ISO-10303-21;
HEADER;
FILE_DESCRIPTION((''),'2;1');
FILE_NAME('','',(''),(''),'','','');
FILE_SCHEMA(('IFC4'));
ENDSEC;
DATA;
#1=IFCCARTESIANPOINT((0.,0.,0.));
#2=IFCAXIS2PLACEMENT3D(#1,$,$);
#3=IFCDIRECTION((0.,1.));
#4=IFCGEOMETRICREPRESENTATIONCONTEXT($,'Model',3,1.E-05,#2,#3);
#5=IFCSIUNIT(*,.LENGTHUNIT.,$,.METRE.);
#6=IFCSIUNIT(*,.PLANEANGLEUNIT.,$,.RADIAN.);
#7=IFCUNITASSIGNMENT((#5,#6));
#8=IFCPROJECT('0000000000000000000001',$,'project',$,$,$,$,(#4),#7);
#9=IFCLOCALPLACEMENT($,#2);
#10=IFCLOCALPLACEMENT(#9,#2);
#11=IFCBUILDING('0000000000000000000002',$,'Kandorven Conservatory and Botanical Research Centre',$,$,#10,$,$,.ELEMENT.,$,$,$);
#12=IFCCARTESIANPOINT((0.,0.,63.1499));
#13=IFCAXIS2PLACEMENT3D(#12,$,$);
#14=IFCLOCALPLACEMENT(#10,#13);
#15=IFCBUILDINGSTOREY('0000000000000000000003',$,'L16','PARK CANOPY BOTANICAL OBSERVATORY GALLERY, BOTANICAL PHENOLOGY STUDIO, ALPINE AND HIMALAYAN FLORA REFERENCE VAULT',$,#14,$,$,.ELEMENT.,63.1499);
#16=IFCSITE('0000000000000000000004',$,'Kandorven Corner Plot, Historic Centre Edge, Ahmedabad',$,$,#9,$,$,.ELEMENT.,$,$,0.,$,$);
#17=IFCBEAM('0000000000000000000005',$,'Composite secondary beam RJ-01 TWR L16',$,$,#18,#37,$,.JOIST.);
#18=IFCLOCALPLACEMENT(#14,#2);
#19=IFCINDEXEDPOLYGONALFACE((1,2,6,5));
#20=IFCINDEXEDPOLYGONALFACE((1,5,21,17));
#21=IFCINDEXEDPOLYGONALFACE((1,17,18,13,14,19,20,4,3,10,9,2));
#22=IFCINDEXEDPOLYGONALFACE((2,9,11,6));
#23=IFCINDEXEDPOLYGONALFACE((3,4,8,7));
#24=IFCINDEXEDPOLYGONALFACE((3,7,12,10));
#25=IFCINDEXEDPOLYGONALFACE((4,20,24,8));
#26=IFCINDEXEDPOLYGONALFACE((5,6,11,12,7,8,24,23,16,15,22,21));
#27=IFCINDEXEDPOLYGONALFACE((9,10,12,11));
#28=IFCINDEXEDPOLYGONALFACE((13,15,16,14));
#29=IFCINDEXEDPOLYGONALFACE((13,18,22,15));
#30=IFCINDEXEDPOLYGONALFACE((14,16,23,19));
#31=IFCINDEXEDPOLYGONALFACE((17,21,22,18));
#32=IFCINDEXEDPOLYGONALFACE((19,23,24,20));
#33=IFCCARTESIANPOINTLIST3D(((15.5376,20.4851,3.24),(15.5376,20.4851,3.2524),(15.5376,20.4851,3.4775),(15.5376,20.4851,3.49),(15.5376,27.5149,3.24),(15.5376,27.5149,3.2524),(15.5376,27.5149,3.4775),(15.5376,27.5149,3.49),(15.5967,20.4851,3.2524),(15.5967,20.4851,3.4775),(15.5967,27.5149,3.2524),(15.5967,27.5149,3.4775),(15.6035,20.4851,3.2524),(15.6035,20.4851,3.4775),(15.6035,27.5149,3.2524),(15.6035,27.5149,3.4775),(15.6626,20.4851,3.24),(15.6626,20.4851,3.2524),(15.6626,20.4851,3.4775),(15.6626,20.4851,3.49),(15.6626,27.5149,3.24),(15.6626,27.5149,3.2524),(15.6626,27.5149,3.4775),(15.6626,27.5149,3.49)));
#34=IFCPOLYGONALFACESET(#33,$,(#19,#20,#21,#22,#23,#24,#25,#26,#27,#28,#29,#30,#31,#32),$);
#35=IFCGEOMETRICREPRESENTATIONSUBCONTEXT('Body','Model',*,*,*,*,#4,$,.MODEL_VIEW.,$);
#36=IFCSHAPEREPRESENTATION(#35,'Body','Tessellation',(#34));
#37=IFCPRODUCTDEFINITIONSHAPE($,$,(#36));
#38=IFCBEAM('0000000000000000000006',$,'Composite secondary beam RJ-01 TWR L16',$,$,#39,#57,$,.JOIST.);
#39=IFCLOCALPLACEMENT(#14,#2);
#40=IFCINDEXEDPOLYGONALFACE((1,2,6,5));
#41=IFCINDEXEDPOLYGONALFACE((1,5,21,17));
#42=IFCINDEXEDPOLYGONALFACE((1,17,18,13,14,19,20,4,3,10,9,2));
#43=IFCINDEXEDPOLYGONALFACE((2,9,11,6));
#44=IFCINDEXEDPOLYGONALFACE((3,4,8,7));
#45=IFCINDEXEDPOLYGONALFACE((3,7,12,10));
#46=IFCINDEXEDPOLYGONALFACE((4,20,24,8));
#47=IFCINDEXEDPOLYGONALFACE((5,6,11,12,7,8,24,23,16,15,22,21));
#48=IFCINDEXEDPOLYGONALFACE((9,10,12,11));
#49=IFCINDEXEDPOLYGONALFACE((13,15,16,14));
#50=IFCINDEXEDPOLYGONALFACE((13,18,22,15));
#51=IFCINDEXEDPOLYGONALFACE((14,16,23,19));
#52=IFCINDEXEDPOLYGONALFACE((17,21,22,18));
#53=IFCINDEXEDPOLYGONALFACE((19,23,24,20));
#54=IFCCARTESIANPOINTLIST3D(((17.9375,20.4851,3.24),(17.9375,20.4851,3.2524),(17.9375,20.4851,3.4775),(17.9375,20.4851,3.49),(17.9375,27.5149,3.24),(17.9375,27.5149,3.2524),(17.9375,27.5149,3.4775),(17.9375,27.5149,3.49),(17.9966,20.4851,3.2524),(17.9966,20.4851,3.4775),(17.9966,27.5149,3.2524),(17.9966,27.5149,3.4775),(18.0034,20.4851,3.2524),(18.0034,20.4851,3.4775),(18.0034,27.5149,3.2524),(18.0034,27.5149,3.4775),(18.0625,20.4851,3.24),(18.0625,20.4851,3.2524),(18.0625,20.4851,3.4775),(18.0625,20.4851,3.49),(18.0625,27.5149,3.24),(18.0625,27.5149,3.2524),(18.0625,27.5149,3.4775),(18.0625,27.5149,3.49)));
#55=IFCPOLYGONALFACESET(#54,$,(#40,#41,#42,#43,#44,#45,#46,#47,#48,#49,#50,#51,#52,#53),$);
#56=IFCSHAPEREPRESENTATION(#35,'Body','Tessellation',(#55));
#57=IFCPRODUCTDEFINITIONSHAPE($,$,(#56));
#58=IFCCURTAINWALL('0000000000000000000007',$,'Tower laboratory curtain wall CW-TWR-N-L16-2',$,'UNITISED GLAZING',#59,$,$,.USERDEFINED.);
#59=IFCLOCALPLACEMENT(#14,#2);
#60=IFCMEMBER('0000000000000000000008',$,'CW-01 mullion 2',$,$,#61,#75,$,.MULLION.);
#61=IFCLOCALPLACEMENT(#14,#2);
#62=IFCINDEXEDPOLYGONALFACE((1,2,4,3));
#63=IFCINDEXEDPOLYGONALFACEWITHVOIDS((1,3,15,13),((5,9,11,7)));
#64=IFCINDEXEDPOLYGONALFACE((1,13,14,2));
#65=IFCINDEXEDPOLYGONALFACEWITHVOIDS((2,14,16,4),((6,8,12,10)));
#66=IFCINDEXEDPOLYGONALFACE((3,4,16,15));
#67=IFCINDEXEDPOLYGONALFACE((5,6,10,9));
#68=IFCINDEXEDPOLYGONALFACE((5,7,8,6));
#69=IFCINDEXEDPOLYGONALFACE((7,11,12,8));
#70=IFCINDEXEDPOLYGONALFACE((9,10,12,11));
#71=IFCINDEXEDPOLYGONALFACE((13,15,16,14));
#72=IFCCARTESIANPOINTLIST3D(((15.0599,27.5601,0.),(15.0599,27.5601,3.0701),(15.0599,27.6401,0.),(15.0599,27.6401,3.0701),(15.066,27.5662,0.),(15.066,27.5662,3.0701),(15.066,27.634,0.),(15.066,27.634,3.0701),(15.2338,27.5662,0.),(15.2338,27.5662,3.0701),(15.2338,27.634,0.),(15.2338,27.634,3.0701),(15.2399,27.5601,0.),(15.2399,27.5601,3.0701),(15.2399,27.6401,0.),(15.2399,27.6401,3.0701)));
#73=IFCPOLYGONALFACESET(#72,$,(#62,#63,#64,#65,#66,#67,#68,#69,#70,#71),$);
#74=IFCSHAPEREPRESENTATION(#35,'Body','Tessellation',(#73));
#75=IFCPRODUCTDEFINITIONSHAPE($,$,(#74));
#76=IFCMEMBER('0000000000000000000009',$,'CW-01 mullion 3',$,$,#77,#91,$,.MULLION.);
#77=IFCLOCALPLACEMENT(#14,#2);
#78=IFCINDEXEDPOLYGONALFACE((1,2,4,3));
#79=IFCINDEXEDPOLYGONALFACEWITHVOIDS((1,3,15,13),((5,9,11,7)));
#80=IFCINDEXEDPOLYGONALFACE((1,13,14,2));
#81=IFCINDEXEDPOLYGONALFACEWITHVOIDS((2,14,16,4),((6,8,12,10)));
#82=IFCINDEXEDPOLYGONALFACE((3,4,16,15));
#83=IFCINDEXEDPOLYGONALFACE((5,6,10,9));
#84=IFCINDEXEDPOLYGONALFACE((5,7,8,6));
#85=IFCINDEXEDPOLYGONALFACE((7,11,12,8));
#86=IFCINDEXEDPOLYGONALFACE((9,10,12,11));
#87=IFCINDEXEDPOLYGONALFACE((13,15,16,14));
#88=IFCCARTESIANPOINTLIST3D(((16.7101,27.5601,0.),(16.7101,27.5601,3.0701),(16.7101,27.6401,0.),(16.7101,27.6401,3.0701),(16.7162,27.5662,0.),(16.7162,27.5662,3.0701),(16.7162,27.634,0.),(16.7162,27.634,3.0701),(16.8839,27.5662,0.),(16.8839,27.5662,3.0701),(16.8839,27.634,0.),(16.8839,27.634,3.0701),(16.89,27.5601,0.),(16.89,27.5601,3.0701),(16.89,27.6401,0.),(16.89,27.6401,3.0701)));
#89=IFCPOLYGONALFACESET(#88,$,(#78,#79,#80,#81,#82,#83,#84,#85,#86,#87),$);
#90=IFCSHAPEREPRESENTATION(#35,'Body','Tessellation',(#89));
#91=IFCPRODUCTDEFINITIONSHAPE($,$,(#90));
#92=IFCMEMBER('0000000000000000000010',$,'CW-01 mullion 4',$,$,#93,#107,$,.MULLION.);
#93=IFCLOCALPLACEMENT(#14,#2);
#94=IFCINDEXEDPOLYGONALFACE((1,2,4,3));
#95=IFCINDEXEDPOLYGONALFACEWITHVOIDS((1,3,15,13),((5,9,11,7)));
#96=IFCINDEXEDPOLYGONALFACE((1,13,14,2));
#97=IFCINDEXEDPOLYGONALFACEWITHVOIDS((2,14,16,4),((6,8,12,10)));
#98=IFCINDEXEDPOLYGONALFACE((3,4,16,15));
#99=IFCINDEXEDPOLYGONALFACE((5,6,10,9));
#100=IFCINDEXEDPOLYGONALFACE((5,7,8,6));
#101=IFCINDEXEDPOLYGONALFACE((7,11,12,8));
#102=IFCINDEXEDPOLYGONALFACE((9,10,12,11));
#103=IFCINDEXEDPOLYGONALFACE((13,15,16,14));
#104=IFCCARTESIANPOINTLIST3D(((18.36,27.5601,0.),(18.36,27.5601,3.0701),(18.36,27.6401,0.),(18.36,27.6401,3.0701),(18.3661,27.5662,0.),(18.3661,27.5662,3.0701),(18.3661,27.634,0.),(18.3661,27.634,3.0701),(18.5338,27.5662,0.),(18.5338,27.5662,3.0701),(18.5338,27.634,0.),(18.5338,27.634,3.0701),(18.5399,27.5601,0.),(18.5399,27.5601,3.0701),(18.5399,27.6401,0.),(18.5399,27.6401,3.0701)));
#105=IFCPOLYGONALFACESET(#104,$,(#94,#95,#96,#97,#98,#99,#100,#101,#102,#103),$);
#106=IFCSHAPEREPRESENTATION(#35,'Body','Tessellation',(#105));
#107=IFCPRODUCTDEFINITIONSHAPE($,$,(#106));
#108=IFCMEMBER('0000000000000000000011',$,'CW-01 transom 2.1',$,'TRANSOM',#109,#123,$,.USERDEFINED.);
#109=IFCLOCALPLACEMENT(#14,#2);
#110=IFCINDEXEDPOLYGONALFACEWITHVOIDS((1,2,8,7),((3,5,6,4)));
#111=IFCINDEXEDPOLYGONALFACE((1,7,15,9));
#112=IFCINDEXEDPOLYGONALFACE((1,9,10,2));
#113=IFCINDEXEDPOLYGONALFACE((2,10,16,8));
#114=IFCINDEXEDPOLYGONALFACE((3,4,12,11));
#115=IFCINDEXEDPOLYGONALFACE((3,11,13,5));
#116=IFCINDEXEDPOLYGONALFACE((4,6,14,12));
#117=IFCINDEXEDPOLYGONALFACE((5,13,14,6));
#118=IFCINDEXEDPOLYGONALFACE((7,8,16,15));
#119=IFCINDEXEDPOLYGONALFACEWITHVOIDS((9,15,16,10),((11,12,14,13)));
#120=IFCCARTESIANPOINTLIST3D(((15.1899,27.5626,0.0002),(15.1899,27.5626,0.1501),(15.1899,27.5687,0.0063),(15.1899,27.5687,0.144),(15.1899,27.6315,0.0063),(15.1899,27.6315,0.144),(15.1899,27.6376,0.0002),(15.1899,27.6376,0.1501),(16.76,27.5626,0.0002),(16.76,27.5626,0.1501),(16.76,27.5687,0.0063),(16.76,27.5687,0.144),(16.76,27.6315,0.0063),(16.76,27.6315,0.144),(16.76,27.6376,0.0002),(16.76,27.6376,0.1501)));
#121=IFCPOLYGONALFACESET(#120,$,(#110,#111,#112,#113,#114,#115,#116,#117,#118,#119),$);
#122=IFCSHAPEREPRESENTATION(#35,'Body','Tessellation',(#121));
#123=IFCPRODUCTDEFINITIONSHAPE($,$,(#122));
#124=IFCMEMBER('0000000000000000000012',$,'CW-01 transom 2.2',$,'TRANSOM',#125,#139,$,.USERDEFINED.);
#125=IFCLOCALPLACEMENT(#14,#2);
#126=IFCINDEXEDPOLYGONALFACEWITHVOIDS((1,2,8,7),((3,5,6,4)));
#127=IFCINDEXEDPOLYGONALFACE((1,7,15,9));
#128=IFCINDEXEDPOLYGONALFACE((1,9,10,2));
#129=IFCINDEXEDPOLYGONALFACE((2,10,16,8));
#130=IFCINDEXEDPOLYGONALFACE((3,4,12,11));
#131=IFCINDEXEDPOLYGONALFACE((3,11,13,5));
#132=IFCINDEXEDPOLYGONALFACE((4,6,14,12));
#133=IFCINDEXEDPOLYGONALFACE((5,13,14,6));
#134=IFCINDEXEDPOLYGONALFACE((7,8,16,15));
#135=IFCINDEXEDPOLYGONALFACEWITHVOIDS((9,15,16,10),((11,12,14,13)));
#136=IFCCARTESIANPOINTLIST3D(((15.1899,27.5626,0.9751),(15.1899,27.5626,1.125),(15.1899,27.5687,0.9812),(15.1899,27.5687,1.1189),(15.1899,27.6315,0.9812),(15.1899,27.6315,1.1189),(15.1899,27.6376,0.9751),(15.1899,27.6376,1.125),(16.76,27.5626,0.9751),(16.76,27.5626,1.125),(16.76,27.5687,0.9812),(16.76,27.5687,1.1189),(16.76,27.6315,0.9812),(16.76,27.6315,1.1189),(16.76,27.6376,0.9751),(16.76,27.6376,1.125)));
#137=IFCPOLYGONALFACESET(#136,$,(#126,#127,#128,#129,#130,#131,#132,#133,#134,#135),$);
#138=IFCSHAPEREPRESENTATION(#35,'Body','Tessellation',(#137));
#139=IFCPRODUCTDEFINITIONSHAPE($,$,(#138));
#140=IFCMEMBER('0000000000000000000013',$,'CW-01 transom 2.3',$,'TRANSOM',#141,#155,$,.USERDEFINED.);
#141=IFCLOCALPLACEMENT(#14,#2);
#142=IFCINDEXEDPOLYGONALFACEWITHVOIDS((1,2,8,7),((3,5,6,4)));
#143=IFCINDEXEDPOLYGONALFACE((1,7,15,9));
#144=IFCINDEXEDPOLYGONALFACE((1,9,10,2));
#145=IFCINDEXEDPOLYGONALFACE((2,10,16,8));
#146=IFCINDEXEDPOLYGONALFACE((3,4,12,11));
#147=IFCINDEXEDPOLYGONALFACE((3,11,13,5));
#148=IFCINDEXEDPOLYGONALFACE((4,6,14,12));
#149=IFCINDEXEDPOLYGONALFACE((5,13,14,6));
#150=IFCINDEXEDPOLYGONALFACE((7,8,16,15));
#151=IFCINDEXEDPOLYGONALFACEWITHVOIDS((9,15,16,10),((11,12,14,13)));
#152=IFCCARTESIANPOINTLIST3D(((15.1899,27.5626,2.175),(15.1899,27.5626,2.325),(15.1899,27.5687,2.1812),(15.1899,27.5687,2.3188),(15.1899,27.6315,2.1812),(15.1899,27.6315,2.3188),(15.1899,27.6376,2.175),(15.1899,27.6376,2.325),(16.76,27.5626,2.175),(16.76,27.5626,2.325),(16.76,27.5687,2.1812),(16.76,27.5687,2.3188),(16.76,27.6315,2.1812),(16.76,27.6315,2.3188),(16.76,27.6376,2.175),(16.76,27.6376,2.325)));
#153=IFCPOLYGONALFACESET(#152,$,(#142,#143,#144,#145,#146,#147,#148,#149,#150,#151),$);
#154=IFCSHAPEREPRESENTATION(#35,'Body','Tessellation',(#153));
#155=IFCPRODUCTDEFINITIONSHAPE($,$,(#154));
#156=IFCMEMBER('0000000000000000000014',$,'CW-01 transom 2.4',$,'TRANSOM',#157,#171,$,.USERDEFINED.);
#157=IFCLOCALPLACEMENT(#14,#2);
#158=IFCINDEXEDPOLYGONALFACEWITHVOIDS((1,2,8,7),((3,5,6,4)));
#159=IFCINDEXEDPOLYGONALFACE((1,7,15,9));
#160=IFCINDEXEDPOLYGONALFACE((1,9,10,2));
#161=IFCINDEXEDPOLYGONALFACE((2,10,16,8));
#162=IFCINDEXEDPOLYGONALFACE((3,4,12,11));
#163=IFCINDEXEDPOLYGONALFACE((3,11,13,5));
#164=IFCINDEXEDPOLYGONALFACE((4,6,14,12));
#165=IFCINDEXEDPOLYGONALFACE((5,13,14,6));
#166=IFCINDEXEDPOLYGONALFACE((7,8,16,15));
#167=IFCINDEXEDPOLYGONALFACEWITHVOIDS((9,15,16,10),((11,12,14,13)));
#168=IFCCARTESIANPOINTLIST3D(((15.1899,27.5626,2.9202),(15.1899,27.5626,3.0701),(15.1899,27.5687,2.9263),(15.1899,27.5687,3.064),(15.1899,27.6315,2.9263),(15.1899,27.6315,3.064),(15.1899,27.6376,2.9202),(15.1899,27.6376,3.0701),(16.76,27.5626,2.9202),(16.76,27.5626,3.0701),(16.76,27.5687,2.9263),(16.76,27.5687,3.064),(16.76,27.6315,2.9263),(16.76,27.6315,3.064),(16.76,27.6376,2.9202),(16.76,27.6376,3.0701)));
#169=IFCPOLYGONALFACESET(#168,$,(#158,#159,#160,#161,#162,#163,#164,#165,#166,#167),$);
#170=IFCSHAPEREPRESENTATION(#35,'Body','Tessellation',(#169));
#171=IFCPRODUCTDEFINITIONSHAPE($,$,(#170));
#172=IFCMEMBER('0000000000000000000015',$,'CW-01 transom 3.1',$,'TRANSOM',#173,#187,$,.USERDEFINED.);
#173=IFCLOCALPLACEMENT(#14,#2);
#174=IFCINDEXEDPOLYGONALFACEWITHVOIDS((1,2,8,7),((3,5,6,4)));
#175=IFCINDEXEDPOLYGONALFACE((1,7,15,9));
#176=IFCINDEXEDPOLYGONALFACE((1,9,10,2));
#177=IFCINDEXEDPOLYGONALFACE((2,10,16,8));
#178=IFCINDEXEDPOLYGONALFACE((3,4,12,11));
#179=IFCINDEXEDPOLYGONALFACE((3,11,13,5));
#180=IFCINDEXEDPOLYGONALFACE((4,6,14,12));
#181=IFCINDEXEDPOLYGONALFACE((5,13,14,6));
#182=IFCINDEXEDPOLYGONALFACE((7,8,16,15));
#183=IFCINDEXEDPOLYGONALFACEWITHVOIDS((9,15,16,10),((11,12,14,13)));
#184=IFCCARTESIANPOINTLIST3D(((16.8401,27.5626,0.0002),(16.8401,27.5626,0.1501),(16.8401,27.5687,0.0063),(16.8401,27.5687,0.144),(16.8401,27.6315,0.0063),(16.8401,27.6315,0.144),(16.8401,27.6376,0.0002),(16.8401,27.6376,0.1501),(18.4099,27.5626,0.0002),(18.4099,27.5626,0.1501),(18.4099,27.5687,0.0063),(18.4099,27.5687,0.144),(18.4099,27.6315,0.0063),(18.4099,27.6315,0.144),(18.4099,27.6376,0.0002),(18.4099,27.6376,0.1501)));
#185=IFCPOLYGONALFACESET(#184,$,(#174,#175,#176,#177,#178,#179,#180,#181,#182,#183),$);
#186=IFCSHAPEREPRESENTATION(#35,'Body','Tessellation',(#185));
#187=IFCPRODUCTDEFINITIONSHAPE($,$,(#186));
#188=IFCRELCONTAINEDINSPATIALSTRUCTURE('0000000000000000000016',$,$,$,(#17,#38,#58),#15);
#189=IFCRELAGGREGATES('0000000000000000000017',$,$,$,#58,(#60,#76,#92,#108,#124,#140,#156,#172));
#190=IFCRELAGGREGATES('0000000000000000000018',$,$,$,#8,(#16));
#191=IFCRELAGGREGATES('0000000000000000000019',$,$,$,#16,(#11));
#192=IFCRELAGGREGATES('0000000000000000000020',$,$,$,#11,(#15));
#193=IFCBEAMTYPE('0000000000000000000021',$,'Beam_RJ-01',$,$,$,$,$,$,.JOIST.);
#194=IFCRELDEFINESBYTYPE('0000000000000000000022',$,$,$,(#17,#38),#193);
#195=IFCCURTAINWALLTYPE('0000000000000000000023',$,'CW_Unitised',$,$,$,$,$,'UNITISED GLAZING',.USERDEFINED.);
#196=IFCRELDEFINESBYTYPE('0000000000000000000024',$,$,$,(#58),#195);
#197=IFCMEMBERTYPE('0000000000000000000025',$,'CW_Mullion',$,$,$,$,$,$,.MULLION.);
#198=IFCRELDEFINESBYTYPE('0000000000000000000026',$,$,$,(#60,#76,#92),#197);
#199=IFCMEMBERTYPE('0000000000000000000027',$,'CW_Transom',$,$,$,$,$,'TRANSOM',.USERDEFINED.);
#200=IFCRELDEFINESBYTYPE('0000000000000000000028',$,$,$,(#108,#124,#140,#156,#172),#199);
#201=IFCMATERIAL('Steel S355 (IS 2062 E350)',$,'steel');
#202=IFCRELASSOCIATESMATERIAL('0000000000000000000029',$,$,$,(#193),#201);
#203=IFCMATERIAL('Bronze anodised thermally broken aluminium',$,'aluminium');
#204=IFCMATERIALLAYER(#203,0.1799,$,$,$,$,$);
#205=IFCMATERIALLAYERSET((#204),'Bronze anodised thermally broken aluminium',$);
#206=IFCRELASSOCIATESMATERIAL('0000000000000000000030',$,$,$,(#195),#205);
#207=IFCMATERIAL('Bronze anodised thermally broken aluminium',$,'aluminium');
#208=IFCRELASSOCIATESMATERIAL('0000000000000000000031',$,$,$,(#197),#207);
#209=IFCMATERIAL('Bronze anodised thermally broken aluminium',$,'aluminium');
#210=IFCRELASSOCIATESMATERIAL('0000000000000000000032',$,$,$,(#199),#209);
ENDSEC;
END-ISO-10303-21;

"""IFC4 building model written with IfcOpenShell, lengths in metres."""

from ifc_helpers import new_model, si_unit, direction, frame, origin, origin_2d, place, context, subcontext, project, spatial, hollow_rectangle, i_section, extrude, material, layer, layer_set, material_profile, profile_set, type_object, element, aggregate, save


model = new_model("IFC4")

# Units and contexts
model_context = context("Model", 3, precision=1e-05, world=origin(), true_north=direction((0.0, 1.0)))
body_context = subcontext(model_context, "Body", "Model", "MODEL_VIEW")
ifc_project = project(units=[si_unit("LENGTHUNIT", "METRE"), si_unit("PLANEANGLEUNIT", "RADIAN")], contexts=[model_context])

# Site, building, storey
site_placement = place(None, origin())
site = spatial("IfcSite", under=ifc_project, at=site_placement, Name="Kandorven Corner Plot, Historic Centre Edge, Ahmedabad", CompositionType="ELEMENT", RefElevation=0.0)
building_placement = place(site_placement, origin())
building = spatial("IfcBuilding", under=site, at=building_placement, Name="Kandorven Conservatory and Botanical Research Centre", CompositionType="ELEMENT")
storey_placement = place(building_placement, frame((0.0, 0.0, 63.1499)))
storey = spatial("IfcBuildingStorey", under=building, at=storey_placement, Name="L16", Description="PARK CANOPY BOTANICAL OBSERVATORY GALLERY, BOTANICAL PHENOLOGY STUDIO, ALPINE AND HIMALAYAN FLORA REFERENCE VAULT", CompositionType="ELEMENT", Elevation=63.1499)

# Beams
ifc_material_1 = material(Name="Steel S355 (IS 2062 E350)", Category="steel")
ifc_material_profile_1 = material_profile(ifc_material_1, i_section(OverallWidth=0.125, OverallDepth=0.25, WebThickness=0.0068, FlangeThickness=0.0125, at=origin_2d()))
ifc_profile_set_1 = profile_set([ifc_material_profile_1], Name="Steel S355 (IS 2062 E350)")
beam_type = type_object("IfcBeamType", Name="Beam_RJ-01", PredefinedType="JOIST", material=ifc_profile_set_1)
for number, where, z_axis, x_axis, name in (
    (1, (15.6001, 20.4851, 3.365), (0.0, 1.0, 0.0), (-1.0, 0.0, 0.0), "Composite secondary beam RJ-01 TWR L16"),
    (2, (18.0, 20.4851, 3.365), (0.0, 1.0, 0.0), (-1.0, 0.0, 0.0), "Composite secondary beam RJ-01 TWR L16"),
):
    element("IfcBeam", number, at=place(storey_placement, frame(where, z_axis=z_axis, x_axis=x_axis)), inside=storey, type_object=beam_type, Name=name, PredefinedType="JOIST", context=body_context, shape_type="SweptSolid", body=[
        extrude(i_section(OverallWidth=0.125, OverallDepth=0.25, WebThickness=0.0068, FlangeThickness=0.0125, at=origin_2d()), origin(), (0.0, 0.0, 1.0), 7.0298),
    ])

# Curtain wall, members
ifc_material_2 = material(Name="Bronze anodised thermally broken aluminium", Category="aluminium")
ifc_layer_1 = layer(ifc_material_2, 0.1799)
ifc_layer_set_1 = layer_set([ifc_layer_1], Name="Bronze anodised thermally broken aluminium")
curtain_wall_type = type_object("IfcCurtainWallType", Name="CW_Unitised", ElementType="UNITISED GLAZING", PredefinedType="USERDEFINED", material=ifc_layer_set_1)
curtain_wall_placement = place(storey_placement, origin())
curtain_wall = element("IfcCurtainWall", 3, at=curtain_wall_placement, inside=storey, type_object=curtain_wall_type, Name="Tower laboratory curtain wall CW-TWR-N-L16-2", ObjectType="UNITISED GLAZING", PredefinedType="USERDEFINED")
ifc_material_3 = material(Name="Bronze anodised thermally broken aluminium", Category="aluminium")
ifc_material_profile_2 = material_profile(ifc_material_3, hollow_rectangle(XDim=0.0801, YDim=0.1799, WallThickness=0.0061, at=origin_2d()))
ifc_profile_set_2 = profile_set([ifc_material_profile_2], Name="Bronze anodised thermally broken aluminium")
member_type_1 = type_object("IfcMemberType", Name="CW_Mullion", PredefinedType="MULLION", material=ifc_profile_set_2)
member_1_placement = place(storey_placement, frame((15.1499, 27.6001, 0.0), z_axis=(0.0, 0.0, 1.0), x_axis=(0.0, 1.0, 0.0)))
member_1 = element("IfcMember", 4, at=member_1_placement, type_object=member_type_1, Name="CW-01 mullion 2", PredefinedType="MULLION", context=body_context, shape_type="SweptSolid", body=[
    extrude(hollow_rectangle(XDim=0.0801, YDim=0.1799, WallThickness=0.0061, at=origin_2d()), origin(), (0.0, 0.0, 1.0), 3.0701),
])
member_2_placement = place(storey_placement, frame((16.8, 27.6001, 0.0), z_axis=(0.0, 0.0, 1.0), x_axis=(0.0, 1.0, 0.0)))
member_2 = element("IfcMember", 5, at=member_2_placement, type_object=member_type_1, Name="CW-01 mullion 3", PredefinedType="MULLION", context=body_context, shape_type="SweptSolid", body=[
    extrude(hollow_rectangle(XDim=0.0801, YDim=0.1799, WallThickness=0.0061, at=origin_2d()), origin(), (0.0, 0.0, 1.0), 3.0701),
])
member_3_placement = place(storey_placement, frame((18.45, 27.6001, 0.0), z_axis=(0.0, 0.0, 1.0), x_axis=(0.0, 1.0, 0.0)))
member_3 = element("IfcMember", 6, at=member_3_placement, type_object=member_type_1, Name="CW-01 mullion 4", PredefinedType="MULLION", context=body_context, shape_type="SweptSolid", body=[
    extrude(hollow_rectangle(XDim=0.0801, YDim=0.1799, WallThickness=0.0061, at=origin_2d()), origin(), (0.0, 0.0, 1.0), 3.0701),
])
ifc_material_4 = material(Name="Bronze anodised thermally broken aluminium", Category="aluminium")
ifc_material_profile_3 = material_profile(ifc_material_4, hollow_rectangle(XDim=0.075, YDim=0.1499, WallThickness=0.0061, at=origin_2d()))
ifc_profile_set_3 = profile_set([ifc_material_profile_3], Name="Bronze anodised thermally broken aluminium")
member_type_2 = type_object("IfcMemberType", Name="CW_Transom", ElementType="TRANSOM", PredefinedType="USERDEFINED", material=ifc_profile_set_3)
member_4_placement = place(storey_placement, frame((15.1899, 27.6001, 0.0752), z_axis=(1.0, 0.0, 0.0), x_axis=(0.0, 1.0, 0.0)))
member_4 = element("IfcMember", 7, at=member_4_placement, type_object=member_type_2, Name="CW-01 transom 2.1", ObjectType="TRANSOM", PredefinedType="USERDEFINED", context=body_context, shape_type="SweptSolid", body=[
    extrude(hollow_rectangle(XDim=0.075, YDim=0.1499, WallThickness=0.0061, at=origin_2d()), origin(), (0.0, 0.0, 1.0), 1.5701),
])
member_5_placement = place(storey_placement, frame((15.1899, 27.6001, 1.05), z_axis=(1.0, 0.0, 0.0), x_axis=(0.0, 1.0, 0.0)))
member_5 = element("IfcMember", 8, at=member_5_placement, type_object=member_type_2, Name="CW-01 transom 2.2", ObjectType="TRANSOM", PredefinedType="USERDEFINED", context=body_context, shape_type="SweptSolid", body=[
    extrude(hollow_rectangle(XDim=0.075, YDim=0.1499, WallThickness=0.0061, at=origin_2d()), origin(), (0.0, 0.0, 1.0), 1.5701),
])
member_6_placement = place(storey_placement, frame((15.1899, 27.6001, 2.25), z_axis=(1.0, 0.0, 0.0), x_axis=(0.0, 1.0, 0.0)))
member_6 = element("IfcMember", 9, at=member_6_placement, type_object=member_type_2, Name="CW-01 transom 2.3", ObjectType="TRANSOM", PredefinedType="USERDEFINED", context=body_context, shape_type="SweptSolid", body=[
    extrude(hollow_rectangle(XDim=0.075, YDim=0.1499, WallThickness=0.0061, at=origin_2d()), origin(), (0.0, 0.0, 1.0), 1.5701),
])
member_7_placement = place(storey_placement, frame((15.1899, 27.6001, 2.9951), z_axis=(1.0, 0.0, 0.0), x_axis=(0.0, 1.0, 0.0)))
member_7 = element("IfcMember", 10, at=member_7_placement, type_object=member_type_2, Name="CW-01 transom 2.4", ObjectType="TRANSOM", PredefinedType="USERDEFINED", context=body_context, shape_type="SweptSolid", body=[
    extrude(hollow_rectangle(XDim=0.075, YDim=0.1499, WallThickness=0.0061, at=origin_2d()), origin(), (0.0, 0.0, 1.0), 1.5701),
])
member_8_placement = place(storey_placement, frame((16.8401, 27.6001, 0.0752), z_axis=(1.0, 0.0, 0.0), x_axis=(0.0, 1.0, 0.0)))
member_8 = element("IfcMember", 11, at=member_8_placement, type_object=member_type_2, Name="CW-01 transom 3.1", ObjectType="TRANSOM", PredefinedType="USERDEFINED", context=body_context, shape_type="SweptSolid", body=[
    extrude(hollow_rectangle(XDim=0.075, YDim=0.1499, WallThickness=0.0061, at=origin_2d()), origin(), (0.0, 0.0, 1.0), 1.5698),
])
aggregate(curtain_wall, [member_1, member_2, member_3, member_4, member_5, member_6, member_7, member_8])

save(model, "model.ifc")
